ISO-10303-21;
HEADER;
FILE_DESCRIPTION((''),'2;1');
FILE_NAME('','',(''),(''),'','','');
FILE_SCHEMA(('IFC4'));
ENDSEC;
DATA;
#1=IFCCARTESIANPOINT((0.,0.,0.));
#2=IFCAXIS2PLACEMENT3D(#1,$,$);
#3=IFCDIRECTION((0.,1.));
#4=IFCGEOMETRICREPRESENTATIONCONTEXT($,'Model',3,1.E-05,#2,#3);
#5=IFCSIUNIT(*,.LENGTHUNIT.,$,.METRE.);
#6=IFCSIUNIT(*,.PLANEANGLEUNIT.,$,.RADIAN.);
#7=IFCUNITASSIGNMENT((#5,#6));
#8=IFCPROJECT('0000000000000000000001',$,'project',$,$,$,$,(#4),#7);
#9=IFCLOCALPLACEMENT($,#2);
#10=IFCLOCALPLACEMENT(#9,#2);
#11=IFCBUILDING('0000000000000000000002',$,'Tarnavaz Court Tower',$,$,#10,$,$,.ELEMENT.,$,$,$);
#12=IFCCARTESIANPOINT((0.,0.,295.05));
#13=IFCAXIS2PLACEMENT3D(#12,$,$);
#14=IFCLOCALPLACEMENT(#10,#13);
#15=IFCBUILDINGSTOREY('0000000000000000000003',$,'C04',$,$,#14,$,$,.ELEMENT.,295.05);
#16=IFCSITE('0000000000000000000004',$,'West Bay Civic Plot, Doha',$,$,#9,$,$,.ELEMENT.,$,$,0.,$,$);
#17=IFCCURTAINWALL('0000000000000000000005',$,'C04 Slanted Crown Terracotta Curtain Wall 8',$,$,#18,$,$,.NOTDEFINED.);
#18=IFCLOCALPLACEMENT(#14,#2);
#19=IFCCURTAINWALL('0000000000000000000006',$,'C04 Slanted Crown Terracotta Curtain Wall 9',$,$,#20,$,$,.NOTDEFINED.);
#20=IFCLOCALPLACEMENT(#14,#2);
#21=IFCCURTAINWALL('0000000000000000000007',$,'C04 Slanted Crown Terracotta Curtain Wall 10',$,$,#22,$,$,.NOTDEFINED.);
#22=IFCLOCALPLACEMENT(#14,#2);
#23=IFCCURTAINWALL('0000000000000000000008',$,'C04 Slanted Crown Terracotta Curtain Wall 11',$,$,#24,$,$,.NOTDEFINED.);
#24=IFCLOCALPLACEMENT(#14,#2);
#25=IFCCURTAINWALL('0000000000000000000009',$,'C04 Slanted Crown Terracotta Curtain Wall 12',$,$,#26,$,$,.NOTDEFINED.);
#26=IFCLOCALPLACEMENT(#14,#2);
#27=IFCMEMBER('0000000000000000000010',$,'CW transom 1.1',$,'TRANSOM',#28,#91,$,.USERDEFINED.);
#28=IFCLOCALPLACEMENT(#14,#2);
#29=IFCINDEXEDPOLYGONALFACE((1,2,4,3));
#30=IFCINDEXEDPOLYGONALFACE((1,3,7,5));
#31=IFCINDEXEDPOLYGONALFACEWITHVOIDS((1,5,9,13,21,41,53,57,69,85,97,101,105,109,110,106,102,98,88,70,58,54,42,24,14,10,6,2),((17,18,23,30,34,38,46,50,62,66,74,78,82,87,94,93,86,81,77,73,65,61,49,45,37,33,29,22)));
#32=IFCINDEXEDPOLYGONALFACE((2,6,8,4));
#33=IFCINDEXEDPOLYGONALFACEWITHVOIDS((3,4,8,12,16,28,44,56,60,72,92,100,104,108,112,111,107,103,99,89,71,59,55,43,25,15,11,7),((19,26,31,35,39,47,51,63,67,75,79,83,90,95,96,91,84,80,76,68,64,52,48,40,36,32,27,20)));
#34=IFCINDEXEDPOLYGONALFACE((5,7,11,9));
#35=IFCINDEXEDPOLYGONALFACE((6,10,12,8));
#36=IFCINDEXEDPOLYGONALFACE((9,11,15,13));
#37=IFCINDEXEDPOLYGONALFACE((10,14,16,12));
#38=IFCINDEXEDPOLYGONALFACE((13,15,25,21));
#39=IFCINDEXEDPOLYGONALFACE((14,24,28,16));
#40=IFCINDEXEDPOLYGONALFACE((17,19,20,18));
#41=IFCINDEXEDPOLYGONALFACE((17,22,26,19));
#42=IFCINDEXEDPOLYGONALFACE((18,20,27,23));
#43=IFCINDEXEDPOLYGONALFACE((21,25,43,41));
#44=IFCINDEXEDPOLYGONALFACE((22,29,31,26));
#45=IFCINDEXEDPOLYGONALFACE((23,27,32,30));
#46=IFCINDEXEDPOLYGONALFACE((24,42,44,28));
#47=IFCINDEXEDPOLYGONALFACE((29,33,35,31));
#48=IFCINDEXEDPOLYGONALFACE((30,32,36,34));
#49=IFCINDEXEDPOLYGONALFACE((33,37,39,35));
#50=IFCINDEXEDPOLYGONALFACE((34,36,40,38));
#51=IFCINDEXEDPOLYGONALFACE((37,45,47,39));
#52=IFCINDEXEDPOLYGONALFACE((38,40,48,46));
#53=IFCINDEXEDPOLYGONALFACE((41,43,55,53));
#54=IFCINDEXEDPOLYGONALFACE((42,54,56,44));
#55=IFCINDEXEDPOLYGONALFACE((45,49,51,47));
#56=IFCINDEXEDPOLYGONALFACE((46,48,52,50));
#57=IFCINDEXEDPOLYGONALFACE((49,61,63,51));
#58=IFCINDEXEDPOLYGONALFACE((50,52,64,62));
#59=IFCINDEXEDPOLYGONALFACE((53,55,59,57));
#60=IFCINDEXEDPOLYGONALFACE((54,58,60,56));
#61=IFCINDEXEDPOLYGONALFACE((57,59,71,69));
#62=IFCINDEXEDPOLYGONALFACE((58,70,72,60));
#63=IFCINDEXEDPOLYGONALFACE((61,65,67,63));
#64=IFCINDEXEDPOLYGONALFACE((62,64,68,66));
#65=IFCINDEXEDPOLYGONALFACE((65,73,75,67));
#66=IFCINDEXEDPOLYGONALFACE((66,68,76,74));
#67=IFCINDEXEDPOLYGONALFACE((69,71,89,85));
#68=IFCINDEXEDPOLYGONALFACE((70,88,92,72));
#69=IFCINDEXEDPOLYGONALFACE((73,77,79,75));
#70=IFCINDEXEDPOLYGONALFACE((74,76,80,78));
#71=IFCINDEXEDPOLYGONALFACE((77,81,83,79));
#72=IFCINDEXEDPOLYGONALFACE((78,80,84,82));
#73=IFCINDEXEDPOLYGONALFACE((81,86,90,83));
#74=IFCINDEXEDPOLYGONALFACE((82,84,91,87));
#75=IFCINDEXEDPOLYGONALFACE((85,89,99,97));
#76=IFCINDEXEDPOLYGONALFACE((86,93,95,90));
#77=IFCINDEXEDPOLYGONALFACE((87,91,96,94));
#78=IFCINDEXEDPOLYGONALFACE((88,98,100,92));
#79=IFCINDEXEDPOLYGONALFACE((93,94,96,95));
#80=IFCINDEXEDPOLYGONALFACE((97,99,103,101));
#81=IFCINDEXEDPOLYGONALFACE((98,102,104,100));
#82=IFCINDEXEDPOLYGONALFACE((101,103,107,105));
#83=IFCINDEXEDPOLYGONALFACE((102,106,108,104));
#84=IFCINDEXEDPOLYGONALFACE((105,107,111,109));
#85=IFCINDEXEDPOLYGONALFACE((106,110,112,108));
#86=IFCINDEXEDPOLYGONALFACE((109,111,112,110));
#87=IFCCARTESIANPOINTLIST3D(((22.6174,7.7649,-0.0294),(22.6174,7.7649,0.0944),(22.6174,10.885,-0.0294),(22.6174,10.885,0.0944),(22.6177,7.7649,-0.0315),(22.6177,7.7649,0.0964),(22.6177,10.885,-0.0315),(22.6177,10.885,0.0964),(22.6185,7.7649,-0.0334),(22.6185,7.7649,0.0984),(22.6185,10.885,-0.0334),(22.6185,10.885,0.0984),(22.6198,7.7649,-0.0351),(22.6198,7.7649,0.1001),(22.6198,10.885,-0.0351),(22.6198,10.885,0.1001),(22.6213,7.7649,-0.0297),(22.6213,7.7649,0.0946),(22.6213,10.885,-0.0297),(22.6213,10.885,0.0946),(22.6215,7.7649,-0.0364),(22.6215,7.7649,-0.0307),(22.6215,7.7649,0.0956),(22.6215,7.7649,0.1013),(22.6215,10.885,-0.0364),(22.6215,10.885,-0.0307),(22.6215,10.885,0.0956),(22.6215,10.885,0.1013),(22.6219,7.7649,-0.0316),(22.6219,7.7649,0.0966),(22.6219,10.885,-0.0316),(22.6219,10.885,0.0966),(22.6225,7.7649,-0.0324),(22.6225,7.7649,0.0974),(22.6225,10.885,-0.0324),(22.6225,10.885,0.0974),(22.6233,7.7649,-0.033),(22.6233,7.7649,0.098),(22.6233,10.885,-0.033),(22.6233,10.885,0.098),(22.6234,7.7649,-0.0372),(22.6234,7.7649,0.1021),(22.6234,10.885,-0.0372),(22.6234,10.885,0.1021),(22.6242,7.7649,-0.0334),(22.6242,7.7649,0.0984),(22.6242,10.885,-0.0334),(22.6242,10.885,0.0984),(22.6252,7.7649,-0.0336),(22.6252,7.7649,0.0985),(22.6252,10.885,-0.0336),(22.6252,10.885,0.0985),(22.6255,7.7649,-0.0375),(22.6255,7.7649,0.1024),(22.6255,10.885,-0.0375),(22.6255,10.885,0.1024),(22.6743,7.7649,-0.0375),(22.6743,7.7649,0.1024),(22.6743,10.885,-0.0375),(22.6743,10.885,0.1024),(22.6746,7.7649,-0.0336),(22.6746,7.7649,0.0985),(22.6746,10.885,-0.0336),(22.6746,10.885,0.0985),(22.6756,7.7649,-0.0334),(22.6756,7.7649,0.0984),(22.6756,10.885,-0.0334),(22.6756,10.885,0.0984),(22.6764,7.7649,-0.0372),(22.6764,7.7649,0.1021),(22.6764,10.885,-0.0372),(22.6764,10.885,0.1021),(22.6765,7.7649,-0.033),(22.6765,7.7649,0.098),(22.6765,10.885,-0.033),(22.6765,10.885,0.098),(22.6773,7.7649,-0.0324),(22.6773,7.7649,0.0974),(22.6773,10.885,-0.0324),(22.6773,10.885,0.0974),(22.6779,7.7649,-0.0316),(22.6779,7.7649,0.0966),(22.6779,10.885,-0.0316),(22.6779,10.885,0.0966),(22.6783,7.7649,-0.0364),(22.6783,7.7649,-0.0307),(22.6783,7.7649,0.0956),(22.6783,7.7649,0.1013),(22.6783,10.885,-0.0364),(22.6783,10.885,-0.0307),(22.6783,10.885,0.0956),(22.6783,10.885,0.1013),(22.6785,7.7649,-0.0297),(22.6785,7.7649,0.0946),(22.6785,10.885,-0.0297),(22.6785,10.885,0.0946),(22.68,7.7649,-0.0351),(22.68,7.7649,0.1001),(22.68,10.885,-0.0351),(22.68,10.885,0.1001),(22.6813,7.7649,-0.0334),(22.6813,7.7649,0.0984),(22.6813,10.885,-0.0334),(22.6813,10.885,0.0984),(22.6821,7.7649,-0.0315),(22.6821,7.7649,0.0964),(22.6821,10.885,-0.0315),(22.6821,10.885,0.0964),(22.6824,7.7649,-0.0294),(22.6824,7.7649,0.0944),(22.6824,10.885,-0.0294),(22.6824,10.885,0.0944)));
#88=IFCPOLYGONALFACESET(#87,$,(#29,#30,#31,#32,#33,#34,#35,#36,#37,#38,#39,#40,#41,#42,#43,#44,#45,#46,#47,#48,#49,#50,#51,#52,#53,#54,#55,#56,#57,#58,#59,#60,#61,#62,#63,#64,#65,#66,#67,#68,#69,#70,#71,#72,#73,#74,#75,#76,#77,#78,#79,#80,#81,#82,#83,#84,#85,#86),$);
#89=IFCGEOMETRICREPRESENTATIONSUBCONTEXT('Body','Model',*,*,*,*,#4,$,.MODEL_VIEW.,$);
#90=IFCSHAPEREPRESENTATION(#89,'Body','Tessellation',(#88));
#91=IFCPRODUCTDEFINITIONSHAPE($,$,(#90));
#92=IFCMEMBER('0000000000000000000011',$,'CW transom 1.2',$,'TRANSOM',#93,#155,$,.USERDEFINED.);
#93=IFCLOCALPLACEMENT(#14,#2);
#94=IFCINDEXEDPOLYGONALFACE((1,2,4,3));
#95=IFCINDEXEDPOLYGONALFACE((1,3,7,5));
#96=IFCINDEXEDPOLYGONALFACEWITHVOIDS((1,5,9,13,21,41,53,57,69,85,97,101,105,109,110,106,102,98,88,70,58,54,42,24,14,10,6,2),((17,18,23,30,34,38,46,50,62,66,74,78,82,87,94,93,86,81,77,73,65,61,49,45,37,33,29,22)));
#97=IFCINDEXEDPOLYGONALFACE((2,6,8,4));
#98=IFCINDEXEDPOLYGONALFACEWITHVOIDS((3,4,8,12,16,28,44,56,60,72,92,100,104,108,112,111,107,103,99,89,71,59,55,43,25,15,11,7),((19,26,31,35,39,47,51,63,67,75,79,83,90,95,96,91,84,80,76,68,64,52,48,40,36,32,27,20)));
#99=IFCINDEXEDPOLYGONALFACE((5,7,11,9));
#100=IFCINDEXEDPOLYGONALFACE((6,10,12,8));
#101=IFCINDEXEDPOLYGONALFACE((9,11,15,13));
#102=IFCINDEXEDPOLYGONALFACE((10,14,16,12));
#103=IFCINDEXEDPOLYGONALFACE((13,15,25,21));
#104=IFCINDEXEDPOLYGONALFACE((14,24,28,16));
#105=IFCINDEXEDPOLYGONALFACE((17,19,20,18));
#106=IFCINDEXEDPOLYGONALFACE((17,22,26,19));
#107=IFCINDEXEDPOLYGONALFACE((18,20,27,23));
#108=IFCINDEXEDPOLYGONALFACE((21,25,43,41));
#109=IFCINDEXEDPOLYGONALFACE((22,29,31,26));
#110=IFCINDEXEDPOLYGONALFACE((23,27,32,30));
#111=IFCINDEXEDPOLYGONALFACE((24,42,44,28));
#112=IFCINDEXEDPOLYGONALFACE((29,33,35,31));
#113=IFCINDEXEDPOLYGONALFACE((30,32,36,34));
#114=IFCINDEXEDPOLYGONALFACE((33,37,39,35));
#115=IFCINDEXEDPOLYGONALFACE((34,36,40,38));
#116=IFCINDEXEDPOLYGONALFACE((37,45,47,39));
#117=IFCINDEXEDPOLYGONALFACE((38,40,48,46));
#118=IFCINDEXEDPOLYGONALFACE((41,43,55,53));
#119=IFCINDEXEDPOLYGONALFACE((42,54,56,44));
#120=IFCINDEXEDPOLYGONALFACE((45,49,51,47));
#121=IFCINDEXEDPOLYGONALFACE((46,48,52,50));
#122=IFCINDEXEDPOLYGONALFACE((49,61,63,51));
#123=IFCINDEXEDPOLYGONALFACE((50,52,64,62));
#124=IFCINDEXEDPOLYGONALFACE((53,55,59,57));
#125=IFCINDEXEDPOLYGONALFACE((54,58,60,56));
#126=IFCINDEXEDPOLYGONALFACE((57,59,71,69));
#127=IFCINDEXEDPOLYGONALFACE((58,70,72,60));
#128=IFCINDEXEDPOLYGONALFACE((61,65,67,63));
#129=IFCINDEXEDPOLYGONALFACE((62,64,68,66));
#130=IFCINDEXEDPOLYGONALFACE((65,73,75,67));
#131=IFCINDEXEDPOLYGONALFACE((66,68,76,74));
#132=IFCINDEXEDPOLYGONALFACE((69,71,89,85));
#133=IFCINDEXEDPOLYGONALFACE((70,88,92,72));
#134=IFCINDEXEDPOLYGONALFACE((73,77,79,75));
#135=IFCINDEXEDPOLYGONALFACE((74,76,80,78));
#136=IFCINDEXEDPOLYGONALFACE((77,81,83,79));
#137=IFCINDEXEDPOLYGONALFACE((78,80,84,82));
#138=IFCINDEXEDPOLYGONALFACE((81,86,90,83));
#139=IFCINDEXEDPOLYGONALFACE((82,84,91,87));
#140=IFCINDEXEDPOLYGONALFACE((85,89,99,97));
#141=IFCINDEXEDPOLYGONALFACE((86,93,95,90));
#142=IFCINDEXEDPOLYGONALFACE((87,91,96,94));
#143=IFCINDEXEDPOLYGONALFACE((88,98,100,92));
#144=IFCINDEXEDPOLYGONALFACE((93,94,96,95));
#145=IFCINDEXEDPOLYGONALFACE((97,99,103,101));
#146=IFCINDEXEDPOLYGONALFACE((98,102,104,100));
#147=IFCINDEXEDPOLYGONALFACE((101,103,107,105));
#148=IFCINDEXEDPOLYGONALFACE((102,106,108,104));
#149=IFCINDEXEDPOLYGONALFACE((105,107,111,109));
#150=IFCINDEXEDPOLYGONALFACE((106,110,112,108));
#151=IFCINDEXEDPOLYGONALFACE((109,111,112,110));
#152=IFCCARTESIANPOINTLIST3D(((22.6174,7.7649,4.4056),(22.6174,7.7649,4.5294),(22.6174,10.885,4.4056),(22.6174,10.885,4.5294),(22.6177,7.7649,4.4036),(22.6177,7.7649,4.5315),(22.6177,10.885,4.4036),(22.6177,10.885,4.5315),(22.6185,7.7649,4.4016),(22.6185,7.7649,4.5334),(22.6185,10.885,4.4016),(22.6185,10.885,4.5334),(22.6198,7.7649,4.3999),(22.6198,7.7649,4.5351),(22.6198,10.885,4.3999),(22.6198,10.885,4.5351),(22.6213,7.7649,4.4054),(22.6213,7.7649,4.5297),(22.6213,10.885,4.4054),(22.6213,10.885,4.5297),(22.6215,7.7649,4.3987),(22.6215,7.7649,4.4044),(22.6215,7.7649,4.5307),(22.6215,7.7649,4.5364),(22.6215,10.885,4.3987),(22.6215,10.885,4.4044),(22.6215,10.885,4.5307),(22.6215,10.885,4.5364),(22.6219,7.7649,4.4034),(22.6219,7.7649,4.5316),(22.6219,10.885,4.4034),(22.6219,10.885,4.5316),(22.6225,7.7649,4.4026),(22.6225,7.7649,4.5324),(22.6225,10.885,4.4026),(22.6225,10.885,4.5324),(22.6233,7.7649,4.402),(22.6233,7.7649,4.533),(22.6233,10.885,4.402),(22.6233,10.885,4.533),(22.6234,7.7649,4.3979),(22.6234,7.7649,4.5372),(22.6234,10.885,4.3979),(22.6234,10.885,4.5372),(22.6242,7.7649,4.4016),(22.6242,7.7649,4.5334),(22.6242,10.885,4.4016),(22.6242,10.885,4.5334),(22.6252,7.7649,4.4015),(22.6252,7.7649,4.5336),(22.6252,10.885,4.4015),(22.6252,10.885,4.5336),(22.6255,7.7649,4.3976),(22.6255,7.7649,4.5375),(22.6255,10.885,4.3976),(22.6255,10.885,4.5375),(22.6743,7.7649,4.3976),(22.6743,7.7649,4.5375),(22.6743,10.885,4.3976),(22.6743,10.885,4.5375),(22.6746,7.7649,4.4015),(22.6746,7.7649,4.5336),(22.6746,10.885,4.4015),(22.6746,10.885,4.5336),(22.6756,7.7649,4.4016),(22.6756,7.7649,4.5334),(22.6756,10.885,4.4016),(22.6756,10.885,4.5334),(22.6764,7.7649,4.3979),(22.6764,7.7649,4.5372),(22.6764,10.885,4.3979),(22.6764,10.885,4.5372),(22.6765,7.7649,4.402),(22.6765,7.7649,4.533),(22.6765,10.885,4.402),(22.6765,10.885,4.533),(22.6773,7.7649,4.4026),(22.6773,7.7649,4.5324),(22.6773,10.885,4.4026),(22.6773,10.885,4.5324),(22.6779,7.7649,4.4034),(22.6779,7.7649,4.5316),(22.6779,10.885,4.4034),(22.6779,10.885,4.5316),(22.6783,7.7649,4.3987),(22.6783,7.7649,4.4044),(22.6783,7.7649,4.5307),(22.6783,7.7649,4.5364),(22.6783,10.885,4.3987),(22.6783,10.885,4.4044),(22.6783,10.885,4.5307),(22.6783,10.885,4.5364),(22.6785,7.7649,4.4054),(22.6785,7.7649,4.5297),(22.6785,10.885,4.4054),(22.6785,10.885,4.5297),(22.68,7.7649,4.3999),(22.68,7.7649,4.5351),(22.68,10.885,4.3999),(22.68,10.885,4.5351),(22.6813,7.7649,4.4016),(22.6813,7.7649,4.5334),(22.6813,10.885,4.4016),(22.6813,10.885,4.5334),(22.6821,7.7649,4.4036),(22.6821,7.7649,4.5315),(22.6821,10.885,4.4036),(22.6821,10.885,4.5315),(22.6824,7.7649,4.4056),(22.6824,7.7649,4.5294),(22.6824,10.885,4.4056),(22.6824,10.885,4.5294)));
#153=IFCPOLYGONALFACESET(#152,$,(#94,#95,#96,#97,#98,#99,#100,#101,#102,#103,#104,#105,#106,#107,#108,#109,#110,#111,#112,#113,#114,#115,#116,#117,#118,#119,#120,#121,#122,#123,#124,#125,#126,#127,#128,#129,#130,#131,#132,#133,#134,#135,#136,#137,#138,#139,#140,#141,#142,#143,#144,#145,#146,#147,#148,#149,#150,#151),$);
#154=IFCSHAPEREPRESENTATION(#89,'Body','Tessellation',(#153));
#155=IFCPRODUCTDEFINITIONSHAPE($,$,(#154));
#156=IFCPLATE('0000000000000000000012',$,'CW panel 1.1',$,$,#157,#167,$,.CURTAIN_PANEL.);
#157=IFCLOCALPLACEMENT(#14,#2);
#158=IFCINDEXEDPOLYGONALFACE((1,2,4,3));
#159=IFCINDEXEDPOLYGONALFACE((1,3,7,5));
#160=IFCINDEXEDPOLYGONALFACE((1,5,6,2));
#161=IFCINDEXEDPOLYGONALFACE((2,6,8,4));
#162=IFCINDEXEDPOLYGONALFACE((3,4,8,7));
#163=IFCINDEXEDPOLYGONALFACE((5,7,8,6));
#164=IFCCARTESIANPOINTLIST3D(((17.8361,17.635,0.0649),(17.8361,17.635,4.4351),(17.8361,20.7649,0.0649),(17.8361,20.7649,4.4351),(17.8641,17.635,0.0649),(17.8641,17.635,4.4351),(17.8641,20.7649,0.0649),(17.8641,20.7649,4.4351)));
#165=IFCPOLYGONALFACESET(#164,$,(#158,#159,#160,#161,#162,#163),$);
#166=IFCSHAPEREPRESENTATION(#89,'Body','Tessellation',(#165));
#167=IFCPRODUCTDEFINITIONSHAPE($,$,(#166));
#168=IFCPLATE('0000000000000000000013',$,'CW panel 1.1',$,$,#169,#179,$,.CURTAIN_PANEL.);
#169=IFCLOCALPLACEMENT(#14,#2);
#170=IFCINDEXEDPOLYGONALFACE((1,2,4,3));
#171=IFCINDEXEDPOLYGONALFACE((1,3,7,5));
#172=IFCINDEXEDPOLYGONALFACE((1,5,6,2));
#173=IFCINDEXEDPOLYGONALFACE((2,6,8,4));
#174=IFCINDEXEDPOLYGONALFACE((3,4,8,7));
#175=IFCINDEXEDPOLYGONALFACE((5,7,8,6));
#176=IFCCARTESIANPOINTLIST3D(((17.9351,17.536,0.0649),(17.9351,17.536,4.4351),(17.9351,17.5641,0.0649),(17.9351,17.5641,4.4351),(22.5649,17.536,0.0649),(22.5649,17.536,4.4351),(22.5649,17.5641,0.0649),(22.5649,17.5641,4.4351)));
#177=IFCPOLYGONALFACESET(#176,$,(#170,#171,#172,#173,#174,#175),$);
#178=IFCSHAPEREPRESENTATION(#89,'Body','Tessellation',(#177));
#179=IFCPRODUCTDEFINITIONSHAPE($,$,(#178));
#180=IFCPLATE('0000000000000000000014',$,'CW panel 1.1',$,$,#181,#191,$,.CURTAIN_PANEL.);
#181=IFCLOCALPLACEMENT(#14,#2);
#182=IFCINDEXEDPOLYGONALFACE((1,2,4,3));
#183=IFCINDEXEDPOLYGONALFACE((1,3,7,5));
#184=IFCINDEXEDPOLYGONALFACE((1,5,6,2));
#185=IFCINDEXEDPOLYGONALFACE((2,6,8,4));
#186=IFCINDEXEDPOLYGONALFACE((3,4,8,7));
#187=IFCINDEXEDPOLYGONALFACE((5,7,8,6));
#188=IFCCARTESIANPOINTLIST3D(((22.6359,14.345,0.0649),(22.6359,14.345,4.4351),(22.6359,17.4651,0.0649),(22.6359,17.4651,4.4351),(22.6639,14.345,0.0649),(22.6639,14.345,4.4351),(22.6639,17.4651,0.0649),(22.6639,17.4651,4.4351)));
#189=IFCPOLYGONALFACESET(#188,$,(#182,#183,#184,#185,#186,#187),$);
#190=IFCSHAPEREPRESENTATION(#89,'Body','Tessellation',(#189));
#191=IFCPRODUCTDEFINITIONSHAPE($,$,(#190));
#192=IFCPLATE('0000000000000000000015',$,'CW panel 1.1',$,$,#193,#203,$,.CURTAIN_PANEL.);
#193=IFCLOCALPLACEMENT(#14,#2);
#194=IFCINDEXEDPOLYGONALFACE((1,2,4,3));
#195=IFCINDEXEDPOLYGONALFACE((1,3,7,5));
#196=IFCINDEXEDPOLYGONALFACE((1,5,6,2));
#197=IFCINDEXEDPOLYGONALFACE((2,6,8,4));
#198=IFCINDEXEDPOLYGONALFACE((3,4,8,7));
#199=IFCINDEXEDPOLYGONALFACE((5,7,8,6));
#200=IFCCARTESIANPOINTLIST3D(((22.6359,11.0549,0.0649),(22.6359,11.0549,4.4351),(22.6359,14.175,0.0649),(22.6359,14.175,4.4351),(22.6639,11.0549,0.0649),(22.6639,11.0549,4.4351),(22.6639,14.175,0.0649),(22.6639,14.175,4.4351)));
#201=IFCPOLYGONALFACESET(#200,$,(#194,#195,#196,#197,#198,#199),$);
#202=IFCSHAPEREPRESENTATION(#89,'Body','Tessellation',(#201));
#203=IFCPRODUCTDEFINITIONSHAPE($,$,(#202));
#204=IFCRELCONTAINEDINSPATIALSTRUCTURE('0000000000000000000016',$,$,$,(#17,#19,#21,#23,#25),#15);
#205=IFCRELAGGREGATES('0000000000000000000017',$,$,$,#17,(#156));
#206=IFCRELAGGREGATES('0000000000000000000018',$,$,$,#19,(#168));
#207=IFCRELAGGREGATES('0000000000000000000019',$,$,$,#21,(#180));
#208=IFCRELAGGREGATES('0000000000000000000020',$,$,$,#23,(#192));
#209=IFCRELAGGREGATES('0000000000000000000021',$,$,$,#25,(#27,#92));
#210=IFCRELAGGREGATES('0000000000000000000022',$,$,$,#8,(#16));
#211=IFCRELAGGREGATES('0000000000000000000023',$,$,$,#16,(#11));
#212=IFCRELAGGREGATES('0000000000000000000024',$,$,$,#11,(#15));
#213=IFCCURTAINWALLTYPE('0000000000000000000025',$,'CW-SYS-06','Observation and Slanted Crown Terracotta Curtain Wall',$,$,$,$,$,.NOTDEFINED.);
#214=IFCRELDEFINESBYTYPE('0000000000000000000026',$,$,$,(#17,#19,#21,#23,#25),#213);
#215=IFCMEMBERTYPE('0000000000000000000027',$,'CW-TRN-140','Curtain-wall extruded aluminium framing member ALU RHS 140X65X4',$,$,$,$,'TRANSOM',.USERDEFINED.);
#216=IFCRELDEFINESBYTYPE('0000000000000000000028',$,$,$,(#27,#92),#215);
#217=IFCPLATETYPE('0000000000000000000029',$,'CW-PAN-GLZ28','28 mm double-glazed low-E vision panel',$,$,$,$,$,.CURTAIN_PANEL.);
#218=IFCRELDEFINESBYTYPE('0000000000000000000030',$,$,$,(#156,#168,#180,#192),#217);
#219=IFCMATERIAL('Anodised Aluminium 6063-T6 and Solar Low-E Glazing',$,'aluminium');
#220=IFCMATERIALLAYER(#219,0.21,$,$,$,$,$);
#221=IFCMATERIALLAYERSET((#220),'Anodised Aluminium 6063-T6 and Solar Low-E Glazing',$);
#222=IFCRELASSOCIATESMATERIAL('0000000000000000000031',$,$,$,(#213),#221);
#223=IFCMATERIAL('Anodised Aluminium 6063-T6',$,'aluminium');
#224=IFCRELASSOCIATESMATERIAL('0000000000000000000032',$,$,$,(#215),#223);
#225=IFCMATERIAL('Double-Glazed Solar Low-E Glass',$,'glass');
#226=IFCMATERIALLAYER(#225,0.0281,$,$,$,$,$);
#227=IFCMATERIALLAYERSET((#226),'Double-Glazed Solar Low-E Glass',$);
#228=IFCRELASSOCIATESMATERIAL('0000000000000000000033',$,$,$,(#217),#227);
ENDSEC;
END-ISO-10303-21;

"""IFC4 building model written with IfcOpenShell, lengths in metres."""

from ifc_helpers import new_model, si_unit, direction, frame, origin, origin_2d, place, context, subcontext, project, spatial, rectangle, hollow_rectangle, extrude, material, layer, layer_set, material_profile, profile_set, type_object, element, aggregate, save


model = new_model("IFC4")

# Units and contexts
model_context = context("Model", 3, precision=1e-05, world=origin(), true_north=direction((0.0, 1.0)))
body_context = subcontext(model_context, "Body", "Model", "MODEL_VIEW")
ifc_project = project(units=[si_unit("LENGTHUNIT", "METRE"), si_unit("PLANEANGLEUNIT", "RADIAN")], contexts=[model_context])

# Site, building, storey
site_placement = place(None, origin())
site = spatial("IfcSite", under=ifc_project, at=site_placement, Name="West Bay Civic Plot, Doha", CompositionType="ELEMENT", RefElevation=0.0)
building_placement = place(site_placement, origin())
building = spatial("IfcBuilding", under=site, at=building_placement, Name="Tarnavaz Court Tower", CompositionType="ELEMENT")
storey_placement = place(building_placement, frame((0.0, 0.0, 295.05)))
storey = spatial("IfcBuildingStorey", under=building, at=storey_placement, Name="C04", CompositionType="ELEMENT", Elevation=295.05)

# Shared definitions
ifc_material_1 = material(Name="Anodised Aluminium 6063-T6 and Solar Low-E Glazing", Category="aluminium")
ifc_layer_1 = layer(ifc_material_1, 0.21)
ifc_layer_set_1 = layer_set([ifc_layer_1], Name="Anodised Aluminium 6063-T6 and Solar Low-E Glazing")
curtain_wall_type = type_object("IfcCurtainWallType", Name="CW-SYS-06", Description="Observation and Slanted Crown Terracotta Curtain Wall", PredefinedType="NOTDEFINED", material=ifc_layer_set_1)
ifc_material_2 = material(Name="Anodised Aluminium 6063-T6", Category="aluminium")

# Curtain walls
curtain_wall_1_placement = place(storey_placement, origin())
curtain_wall_1 = element("IfcCurtainWall", 1, at=curtain_wall_1_placement, inside=storey, type_object=curtain_wall_type, Name="C04 Slanted Crown Terracotta Curtain Wall 8", PredefinedType="NOTDEFINED")
curtain_wall_2_placement = place(storey_placement, origin())
curtain_wall_2 = element("IfcCurtainWall", 2, at=curtain_wall_2_placement, inside=storey, type_object=curtain_wall_type, Name="C04 Slanted Crown Terracotta Curtain Wall 9", PredefinedType="NOTDEFINED")
curtain_wall_3_placement = place(storey_placement, origin())
curtain_wall_3 = element("IfcCurtainWall", 3, at=curtain_wall_3_placement, inside=storey, type_object=curtain_wall_type, Name="C04 Slanted Crown Terracotta Curtain Wall 10", PredefinedType="NOTDEFINED")
curtain_wall_4_placement = place(storey_placement, origin())
curtain_wall_4 = element("IfcCurtainWall", 4, at=curtain_wall_4_placement, inside=storey, type_object=curtain_wall_type, Name="C04 Slanted Crown Terracotta Curtain Wall 11", PredefinedType="NOTDEFINED")

# Curtain wall
curtain_wall_5_placement = place(storey_placement, origin())
curtain_wall_5 = element("IfcCurtainWall", 5, at=curtain_wall_5_placement, inside=storey, type_object=curtain_wall_type, Name="C04 Slanted Crown Terracotta Curtain Wall 12", PredefinedType="NOTDEFINED")

# Members
ifc_material_profile_1 = material_profile(ifc_material_2, hollow_rectangle(XDim=0.0649, YDim=0.1399, WallThickness=0.0039, InnerFilletRadius=0.0039, OuterFilletRadius=0.0081, at=origin_2d()), Name="ALU RHS 140X65X4")
ifc_profile_set_1 = profile_set([ifc_material_profile_1], Name="Anodised Aluminium 6063-T6")
member_type_1 = type_object("IfcMemberType", Name="CW-TRN-140", Description="Curtain-wall extruded aluminium framing member ALU RHS 140X65X4", ElementType="TRANSOM", PredefinedType="USERDEFINED", material=ifc_profile_set_1)
member_1_placement = place(storey_placement, frame((22.6499, 10.885, 0.0325), z_axis=(0.0, -1.0, 0.0), x_axis=(1.0, 0.0, 0.0)))
member_1 = element("IfcMember", 6, at=member_1_placement, type_object=member_type_1, Name="CW transom 1.1", ObjectType="TRANSOM", PredefinedType="USERDEFINED", context=body_context, shape_type="SweptSolid", body=[
    extrude(hollow_rectangle(XDim=0.0649, YDim=0.1399, WallThickness=0.0039, InnerFilletRadius=0.0039, OuterFilletRadius=0.0081, at=origin_2d()), origin(), (0.0, 0.0, 1.0), 3.1201),
])
member_2_placement = place(storey_placement, frame((22.6499, 10.885, 4.4675), z_axis=(0.0, -1.0, 0.0), x_axis=(1.0, 0.0, 0.0)))
member_2 = element("IfcMember", 7, at=member_2_placement, type_object=member_type_1, Name="CW transom 1.2", ObjectType="TRANSOM", PredefinedType="USERDEFINED", context=body_context, shape_type="SweptSolid", body=[
    extrude(hollow_rectangle(XDim=0.0649, YDim=0.1399, WallThickness=0.0039, InnerFilletRadius=0.0039, OuterFilletRadius=0.0081, at=origin_2d()), origin(), (0.0, 0.0, 1.0), 3.1201),
])

# Plates
ifc_material_3 = material(Name="Double-Glazed Solar Low-E Glass", Category="glass")
ifc_layer_2 = layer(ifc_material_3, 0.0281)
ifc_layer_set_2 = layer_set([ifc_layer_2], Name="Double-Glazed Solar Low-E Glass")
plate_type = type_object("IfcPlateType", Name="CW-PAN-GLZ28", Description="28 mm double-glazed low-E vision panel", PredefinedType="CURTAIN_PANEL", material=ifc_layer_set_2)
plate_1_placement = place(storey_placement, frame((17.8501, 19.2, 0.0649), z_axis=(0.0, 0.0, 1.0), x_axis=(0.0, -1.0, 0.0)))
plate_1 = element("IfcPlate", 8, at=plate_1_placement, type_object=plate_type, Name="CW panel 1.1", PredefinedType="CURTAIN_PANEL", context=body_context, shape_type="SweptSolid", body=[
    extrude(rectangle(XDim=3.1299, YDim=0.0281, at=origin_2d()), origin(), (0.0, 0.0, 1.0), 4.3701),
])
aggregate(curtain_wall_1, [plate_1])
plate_2_placement = place(storey_placement, frame((20.25, 17.55, 0.0649), z_axis=(0.0, 0.0, 1.0), x_axis=(1.0, 0.0, 0.0)))
plate_2 = element("IfcPlate", 9, at=plate_2_placement, type_object=plate_type, Name="CW panel 1.1", PredefinedType="CURTAIN_PANEL", context=body_context, shape_type="SweptSolid", body=[
    extrude(rectangle(XDim=4.6299, YDim=0.0281, at=origin_2d()), origin(), (0.0, 0.0, 1.0), 4.3701),
])
aggregate(curtain_wall_2, [plate_2])
plate_3_placement = place(storey_placement, frame((22.6499, 15.905, 0.0649), z_axis=(0.0, 0.0, 1.0), x_axis=(0.0, -1.0, 0.0)))
plate_3 = element("IfcPlate", 10, at=plate_3_placement, type_object=plate_type, Name="CW panel 1.1", PredefinedType="CURTAIN_PANEL", context=body_context, shape_type="SweptSolid", body=[
    extrude(rectangle(XDim=3.1201, YDim=0.0281, at=origin_2d()), origin(), (0.0, 0.0, 1.0), 4.3701),
])
aggregate(curtain_wall_3, [plate_3])
plate_4_placement = place(storey_placement, frame((22.6499, 12.615, 0.0649), z_axis=(0.0, 0.0, 1.0), x_axis=(0.0, -1.0, 0.0)))
plate_4 = element("IfcPlate", 11, at=plate_4_placement, type_object=plate_type, Name="CW panel 1.1", PredefinedType="CURTAIN_PANEL", context=body_context, shape_type="SweptSolid", body=[
    extrude(rectangle(XDim=3.1201, YDim=0.0281, at=origin_2d()), origin(), (0.0, 0.0, 1.0), 4.3701),
])
aggregate(curtain_wall_4, [plate_4])
aggregate(curtain_wall_5, [member_1, member_2])

save(model, "model.ifc")
